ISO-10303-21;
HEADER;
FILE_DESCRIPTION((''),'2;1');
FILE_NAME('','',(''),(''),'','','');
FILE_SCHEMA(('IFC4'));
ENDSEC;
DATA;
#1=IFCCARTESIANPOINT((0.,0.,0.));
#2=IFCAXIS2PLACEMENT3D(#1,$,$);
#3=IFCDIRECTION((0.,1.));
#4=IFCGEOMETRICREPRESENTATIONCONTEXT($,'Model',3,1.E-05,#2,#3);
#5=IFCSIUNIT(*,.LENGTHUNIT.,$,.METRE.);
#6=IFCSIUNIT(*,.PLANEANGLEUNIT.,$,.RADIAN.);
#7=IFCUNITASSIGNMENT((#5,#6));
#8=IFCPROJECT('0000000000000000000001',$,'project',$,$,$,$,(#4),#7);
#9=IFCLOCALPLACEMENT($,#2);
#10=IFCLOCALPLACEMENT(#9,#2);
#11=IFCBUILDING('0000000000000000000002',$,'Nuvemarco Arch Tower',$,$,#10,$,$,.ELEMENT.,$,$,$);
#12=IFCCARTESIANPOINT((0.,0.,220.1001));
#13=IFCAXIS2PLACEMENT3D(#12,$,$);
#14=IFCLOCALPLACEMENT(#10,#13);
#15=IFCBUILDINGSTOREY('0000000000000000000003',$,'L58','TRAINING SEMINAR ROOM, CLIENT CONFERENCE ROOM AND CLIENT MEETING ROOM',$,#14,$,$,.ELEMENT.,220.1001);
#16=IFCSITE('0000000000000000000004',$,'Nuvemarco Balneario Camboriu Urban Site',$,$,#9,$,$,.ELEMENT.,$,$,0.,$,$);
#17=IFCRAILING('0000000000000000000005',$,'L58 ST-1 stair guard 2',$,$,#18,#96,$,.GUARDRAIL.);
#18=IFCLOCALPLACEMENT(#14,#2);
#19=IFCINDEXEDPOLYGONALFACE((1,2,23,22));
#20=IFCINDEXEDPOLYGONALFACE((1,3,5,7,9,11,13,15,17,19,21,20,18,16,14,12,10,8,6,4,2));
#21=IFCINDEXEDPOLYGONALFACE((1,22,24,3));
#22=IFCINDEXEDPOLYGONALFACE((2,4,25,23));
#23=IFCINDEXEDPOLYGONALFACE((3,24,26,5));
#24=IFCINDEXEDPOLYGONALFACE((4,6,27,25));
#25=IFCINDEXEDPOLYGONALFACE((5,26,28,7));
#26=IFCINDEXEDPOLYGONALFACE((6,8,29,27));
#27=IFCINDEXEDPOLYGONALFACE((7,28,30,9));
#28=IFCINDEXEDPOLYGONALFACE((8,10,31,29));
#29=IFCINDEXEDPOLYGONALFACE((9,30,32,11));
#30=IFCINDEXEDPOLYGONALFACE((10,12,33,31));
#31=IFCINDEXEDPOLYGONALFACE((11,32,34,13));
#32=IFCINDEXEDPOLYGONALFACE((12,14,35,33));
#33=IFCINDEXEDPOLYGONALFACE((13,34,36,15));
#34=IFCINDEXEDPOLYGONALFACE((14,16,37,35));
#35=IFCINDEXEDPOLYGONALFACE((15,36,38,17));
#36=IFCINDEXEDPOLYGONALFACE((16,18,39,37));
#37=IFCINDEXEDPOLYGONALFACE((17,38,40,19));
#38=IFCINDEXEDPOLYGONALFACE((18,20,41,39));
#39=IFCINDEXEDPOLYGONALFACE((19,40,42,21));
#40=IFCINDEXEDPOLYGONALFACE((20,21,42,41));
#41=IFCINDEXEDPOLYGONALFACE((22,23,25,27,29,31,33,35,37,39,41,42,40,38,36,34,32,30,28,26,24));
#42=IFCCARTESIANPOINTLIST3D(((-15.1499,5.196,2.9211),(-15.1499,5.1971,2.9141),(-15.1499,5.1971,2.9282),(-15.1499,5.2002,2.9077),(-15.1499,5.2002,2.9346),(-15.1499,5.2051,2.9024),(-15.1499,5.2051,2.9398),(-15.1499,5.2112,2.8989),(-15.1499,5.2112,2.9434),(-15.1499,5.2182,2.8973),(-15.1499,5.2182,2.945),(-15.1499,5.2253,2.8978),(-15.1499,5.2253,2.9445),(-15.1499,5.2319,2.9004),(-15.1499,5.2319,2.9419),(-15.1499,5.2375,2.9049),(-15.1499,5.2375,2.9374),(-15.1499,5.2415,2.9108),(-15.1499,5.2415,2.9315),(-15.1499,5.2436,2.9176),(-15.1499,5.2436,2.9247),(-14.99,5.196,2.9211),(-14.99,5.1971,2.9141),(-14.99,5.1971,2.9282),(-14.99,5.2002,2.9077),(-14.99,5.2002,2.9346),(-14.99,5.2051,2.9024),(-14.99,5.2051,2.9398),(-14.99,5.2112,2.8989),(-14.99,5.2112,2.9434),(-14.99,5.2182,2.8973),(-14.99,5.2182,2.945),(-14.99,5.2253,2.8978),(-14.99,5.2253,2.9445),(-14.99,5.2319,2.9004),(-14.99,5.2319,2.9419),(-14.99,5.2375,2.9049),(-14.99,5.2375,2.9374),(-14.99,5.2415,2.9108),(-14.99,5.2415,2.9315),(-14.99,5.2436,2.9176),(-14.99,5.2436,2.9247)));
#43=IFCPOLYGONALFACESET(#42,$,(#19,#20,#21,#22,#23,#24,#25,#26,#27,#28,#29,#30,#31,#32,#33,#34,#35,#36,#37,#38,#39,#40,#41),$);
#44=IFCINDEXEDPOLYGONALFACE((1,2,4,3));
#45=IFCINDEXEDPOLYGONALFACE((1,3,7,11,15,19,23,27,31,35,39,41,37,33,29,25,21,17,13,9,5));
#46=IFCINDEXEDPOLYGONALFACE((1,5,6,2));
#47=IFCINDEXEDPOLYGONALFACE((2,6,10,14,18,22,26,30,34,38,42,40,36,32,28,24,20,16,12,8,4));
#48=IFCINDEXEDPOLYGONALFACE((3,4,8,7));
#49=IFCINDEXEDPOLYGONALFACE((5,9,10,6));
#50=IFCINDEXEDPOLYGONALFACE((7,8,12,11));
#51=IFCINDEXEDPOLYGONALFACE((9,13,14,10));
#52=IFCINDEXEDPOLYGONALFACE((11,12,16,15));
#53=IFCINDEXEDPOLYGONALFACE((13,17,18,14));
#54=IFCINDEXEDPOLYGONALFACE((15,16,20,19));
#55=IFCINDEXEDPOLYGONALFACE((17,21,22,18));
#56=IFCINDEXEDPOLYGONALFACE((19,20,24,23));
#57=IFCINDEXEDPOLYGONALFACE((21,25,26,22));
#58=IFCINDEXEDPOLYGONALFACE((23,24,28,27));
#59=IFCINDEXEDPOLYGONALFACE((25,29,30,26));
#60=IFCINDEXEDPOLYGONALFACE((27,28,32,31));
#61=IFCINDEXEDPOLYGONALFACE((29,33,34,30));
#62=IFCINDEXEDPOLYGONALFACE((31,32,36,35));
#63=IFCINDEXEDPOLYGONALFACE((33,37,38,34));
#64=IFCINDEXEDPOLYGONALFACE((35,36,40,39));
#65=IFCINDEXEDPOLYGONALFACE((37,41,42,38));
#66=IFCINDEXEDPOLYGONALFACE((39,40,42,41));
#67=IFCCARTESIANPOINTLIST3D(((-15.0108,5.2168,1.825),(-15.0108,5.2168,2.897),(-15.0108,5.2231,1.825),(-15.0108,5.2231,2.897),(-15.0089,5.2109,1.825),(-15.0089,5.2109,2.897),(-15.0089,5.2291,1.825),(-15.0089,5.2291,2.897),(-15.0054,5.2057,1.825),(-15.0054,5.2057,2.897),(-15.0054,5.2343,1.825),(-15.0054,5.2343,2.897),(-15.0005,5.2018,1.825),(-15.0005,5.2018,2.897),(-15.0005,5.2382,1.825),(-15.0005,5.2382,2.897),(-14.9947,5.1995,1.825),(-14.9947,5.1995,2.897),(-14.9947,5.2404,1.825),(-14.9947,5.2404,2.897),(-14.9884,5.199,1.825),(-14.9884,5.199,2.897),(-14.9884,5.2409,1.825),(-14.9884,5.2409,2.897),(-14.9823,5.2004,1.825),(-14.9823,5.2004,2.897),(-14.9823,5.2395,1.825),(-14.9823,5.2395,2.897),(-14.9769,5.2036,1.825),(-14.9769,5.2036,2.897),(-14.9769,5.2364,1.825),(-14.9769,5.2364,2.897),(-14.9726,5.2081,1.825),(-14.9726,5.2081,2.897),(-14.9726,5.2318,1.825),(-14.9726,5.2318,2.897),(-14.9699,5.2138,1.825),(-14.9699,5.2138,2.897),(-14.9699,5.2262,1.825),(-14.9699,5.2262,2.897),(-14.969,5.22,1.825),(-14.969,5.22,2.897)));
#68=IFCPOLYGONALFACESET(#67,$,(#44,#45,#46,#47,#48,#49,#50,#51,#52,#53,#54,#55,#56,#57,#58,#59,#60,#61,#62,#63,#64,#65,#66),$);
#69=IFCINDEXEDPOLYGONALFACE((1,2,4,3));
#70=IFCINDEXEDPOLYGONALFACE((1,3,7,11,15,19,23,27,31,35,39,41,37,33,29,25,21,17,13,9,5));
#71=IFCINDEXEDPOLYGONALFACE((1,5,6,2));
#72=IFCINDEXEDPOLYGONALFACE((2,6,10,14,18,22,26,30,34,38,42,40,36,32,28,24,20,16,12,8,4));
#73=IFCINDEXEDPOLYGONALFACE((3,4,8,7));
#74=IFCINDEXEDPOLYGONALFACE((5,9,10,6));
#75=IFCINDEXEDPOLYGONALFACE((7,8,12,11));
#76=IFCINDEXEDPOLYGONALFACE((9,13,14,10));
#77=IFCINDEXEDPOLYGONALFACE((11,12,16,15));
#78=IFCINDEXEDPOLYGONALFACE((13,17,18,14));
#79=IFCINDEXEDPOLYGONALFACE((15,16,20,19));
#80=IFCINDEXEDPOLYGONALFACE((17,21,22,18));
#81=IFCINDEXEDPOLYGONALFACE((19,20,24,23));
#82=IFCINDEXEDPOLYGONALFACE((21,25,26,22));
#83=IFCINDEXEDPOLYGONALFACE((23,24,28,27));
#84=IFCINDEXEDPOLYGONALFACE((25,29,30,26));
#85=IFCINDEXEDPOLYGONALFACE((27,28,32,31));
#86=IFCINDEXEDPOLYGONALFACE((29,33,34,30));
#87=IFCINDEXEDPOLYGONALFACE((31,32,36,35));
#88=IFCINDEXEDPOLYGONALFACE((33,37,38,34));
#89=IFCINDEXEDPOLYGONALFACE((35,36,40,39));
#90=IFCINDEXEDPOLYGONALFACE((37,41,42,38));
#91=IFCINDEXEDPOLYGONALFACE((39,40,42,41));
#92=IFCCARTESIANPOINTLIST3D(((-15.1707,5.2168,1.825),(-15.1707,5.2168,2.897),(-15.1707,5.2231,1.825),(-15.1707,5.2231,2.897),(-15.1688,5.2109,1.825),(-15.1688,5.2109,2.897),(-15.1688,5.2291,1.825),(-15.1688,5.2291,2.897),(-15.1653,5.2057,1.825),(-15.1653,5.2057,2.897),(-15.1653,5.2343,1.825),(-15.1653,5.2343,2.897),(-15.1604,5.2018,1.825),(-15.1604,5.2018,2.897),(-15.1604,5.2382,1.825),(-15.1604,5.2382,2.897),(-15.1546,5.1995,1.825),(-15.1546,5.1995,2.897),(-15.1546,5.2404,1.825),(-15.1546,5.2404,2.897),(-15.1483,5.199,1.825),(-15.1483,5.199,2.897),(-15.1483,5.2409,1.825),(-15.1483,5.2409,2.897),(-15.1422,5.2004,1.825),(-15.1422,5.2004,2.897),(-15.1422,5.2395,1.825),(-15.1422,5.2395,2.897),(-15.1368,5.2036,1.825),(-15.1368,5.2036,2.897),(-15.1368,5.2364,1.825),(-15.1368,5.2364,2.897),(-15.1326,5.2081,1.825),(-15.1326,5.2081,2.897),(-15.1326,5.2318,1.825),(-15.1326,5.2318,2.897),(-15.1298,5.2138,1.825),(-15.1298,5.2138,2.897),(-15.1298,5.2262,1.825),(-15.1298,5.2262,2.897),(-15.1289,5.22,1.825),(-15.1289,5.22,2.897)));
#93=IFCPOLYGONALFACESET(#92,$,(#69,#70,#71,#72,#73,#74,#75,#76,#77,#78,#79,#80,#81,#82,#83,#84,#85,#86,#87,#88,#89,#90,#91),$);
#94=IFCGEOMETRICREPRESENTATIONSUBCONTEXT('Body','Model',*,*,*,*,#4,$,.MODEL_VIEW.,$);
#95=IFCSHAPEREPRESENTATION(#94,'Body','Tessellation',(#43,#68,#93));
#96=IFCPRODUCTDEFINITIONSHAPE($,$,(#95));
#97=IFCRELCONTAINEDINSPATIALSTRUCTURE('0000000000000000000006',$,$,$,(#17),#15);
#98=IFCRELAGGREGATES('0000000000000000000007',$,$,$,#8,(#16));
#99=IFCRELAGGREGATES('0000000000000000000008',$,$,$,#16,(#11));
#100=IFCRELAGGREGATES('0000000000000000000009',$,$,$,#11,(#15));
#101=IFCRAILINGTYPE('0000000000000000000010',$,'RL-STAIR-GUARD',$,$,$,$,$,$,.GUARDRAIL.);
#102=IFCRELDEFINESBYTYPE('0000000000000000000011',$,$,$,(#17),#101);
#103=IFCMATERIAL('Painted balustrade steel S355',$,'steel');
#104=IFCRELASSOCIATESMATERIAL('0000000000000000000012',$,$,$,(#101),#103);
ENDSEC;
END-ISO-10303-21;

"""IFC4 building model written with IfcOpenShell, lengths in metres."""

from ifc_helpers import new_model, si_unit, direction, frame, origin, origin_2d, place, context, subcontext, project, spatial, circle, extrude, material, type_object, element, save


model = new_model("IFC4")

# Units and contexts
model_context = context("Model", 3, precision=1e-05, world=origin(), true_north=direction((0.0, 1.0)))
body_context = subcontext(model_context, "Body", "Model", "MODEL_VIEW")
ifc_project = project(units=[si_unit("LENGTHUNIT", "METRE"), si_unit("PLANEANGLEUNIT", "RADIAN")], contexts=[model_context])

# Site, building, storey
site_placement = place(None, origin())
site = spatial("IfcSite", under=ifc_project, at=site_placement, Name="Nuvemarco Balneario Camboriu Urban Site", CompositionType="ELEMENT", RefElevation=0.0)
building_placement = place(site_placement, origin())
building = spatial("IfcBuilding", under=site, at=building_placement, Name="Nuvemarco Arch Tower", CompositionType="ELEMENT")
storey_placement = place(building_placement, frame((0.0, 0.0, 220.1001)))
storey = spatial("IfcBuildingStorey", under=building, at=storey_placement, Name="L58", Description="TRAINING SEMINAR ROOM, CLIENT CONFERENCE ROOM AND CLIENT MEETING ROOM", CompositionType="ELEMENT", Elevation=220.1001)

# Railing
ifc_material_1 = material(Name="Painted balustrade steel S355", Category="steel")
railing_type_1 = type_object("IfcRailingType", Name="RL-STAIR-GUARD", PredefinedType="GUARDRAIL", material=ifc_material_1)
railing_1_placement = place(storey_placement, frame((-14.99, 5.22, 1.825)))
element("IfcRailing", 1, at=railing_1_placement, inside=storey, type_object=railing_type_1, Name="L58 ST-1 stair guard 2", PredefinedType="GUARDRAIL", context=body_context, shape_type="SweptSolid", body=[
    extrude(circle(Radius=0.0239, at=origin_2d()), frame((0.0, 0.0, 1.0962), z_axis=(-1.0, 0.0, 0.0), x_axis=(0.0, -1.0, 0.0)), (0.0, 0.0, 1.0), 0.1599),
    extrude(circle(Radius=0.021, at=origin_2d()), origin(), (0.0, 0.0, 1.0), 1.072),
    extrude(circle(Radius=0.021, at=origin_2d()), frame((-0.1599, 0.0, 0.0)), (0.0, 0.0, 1.0), 1.072),
])

save(model, "model.ifc")
